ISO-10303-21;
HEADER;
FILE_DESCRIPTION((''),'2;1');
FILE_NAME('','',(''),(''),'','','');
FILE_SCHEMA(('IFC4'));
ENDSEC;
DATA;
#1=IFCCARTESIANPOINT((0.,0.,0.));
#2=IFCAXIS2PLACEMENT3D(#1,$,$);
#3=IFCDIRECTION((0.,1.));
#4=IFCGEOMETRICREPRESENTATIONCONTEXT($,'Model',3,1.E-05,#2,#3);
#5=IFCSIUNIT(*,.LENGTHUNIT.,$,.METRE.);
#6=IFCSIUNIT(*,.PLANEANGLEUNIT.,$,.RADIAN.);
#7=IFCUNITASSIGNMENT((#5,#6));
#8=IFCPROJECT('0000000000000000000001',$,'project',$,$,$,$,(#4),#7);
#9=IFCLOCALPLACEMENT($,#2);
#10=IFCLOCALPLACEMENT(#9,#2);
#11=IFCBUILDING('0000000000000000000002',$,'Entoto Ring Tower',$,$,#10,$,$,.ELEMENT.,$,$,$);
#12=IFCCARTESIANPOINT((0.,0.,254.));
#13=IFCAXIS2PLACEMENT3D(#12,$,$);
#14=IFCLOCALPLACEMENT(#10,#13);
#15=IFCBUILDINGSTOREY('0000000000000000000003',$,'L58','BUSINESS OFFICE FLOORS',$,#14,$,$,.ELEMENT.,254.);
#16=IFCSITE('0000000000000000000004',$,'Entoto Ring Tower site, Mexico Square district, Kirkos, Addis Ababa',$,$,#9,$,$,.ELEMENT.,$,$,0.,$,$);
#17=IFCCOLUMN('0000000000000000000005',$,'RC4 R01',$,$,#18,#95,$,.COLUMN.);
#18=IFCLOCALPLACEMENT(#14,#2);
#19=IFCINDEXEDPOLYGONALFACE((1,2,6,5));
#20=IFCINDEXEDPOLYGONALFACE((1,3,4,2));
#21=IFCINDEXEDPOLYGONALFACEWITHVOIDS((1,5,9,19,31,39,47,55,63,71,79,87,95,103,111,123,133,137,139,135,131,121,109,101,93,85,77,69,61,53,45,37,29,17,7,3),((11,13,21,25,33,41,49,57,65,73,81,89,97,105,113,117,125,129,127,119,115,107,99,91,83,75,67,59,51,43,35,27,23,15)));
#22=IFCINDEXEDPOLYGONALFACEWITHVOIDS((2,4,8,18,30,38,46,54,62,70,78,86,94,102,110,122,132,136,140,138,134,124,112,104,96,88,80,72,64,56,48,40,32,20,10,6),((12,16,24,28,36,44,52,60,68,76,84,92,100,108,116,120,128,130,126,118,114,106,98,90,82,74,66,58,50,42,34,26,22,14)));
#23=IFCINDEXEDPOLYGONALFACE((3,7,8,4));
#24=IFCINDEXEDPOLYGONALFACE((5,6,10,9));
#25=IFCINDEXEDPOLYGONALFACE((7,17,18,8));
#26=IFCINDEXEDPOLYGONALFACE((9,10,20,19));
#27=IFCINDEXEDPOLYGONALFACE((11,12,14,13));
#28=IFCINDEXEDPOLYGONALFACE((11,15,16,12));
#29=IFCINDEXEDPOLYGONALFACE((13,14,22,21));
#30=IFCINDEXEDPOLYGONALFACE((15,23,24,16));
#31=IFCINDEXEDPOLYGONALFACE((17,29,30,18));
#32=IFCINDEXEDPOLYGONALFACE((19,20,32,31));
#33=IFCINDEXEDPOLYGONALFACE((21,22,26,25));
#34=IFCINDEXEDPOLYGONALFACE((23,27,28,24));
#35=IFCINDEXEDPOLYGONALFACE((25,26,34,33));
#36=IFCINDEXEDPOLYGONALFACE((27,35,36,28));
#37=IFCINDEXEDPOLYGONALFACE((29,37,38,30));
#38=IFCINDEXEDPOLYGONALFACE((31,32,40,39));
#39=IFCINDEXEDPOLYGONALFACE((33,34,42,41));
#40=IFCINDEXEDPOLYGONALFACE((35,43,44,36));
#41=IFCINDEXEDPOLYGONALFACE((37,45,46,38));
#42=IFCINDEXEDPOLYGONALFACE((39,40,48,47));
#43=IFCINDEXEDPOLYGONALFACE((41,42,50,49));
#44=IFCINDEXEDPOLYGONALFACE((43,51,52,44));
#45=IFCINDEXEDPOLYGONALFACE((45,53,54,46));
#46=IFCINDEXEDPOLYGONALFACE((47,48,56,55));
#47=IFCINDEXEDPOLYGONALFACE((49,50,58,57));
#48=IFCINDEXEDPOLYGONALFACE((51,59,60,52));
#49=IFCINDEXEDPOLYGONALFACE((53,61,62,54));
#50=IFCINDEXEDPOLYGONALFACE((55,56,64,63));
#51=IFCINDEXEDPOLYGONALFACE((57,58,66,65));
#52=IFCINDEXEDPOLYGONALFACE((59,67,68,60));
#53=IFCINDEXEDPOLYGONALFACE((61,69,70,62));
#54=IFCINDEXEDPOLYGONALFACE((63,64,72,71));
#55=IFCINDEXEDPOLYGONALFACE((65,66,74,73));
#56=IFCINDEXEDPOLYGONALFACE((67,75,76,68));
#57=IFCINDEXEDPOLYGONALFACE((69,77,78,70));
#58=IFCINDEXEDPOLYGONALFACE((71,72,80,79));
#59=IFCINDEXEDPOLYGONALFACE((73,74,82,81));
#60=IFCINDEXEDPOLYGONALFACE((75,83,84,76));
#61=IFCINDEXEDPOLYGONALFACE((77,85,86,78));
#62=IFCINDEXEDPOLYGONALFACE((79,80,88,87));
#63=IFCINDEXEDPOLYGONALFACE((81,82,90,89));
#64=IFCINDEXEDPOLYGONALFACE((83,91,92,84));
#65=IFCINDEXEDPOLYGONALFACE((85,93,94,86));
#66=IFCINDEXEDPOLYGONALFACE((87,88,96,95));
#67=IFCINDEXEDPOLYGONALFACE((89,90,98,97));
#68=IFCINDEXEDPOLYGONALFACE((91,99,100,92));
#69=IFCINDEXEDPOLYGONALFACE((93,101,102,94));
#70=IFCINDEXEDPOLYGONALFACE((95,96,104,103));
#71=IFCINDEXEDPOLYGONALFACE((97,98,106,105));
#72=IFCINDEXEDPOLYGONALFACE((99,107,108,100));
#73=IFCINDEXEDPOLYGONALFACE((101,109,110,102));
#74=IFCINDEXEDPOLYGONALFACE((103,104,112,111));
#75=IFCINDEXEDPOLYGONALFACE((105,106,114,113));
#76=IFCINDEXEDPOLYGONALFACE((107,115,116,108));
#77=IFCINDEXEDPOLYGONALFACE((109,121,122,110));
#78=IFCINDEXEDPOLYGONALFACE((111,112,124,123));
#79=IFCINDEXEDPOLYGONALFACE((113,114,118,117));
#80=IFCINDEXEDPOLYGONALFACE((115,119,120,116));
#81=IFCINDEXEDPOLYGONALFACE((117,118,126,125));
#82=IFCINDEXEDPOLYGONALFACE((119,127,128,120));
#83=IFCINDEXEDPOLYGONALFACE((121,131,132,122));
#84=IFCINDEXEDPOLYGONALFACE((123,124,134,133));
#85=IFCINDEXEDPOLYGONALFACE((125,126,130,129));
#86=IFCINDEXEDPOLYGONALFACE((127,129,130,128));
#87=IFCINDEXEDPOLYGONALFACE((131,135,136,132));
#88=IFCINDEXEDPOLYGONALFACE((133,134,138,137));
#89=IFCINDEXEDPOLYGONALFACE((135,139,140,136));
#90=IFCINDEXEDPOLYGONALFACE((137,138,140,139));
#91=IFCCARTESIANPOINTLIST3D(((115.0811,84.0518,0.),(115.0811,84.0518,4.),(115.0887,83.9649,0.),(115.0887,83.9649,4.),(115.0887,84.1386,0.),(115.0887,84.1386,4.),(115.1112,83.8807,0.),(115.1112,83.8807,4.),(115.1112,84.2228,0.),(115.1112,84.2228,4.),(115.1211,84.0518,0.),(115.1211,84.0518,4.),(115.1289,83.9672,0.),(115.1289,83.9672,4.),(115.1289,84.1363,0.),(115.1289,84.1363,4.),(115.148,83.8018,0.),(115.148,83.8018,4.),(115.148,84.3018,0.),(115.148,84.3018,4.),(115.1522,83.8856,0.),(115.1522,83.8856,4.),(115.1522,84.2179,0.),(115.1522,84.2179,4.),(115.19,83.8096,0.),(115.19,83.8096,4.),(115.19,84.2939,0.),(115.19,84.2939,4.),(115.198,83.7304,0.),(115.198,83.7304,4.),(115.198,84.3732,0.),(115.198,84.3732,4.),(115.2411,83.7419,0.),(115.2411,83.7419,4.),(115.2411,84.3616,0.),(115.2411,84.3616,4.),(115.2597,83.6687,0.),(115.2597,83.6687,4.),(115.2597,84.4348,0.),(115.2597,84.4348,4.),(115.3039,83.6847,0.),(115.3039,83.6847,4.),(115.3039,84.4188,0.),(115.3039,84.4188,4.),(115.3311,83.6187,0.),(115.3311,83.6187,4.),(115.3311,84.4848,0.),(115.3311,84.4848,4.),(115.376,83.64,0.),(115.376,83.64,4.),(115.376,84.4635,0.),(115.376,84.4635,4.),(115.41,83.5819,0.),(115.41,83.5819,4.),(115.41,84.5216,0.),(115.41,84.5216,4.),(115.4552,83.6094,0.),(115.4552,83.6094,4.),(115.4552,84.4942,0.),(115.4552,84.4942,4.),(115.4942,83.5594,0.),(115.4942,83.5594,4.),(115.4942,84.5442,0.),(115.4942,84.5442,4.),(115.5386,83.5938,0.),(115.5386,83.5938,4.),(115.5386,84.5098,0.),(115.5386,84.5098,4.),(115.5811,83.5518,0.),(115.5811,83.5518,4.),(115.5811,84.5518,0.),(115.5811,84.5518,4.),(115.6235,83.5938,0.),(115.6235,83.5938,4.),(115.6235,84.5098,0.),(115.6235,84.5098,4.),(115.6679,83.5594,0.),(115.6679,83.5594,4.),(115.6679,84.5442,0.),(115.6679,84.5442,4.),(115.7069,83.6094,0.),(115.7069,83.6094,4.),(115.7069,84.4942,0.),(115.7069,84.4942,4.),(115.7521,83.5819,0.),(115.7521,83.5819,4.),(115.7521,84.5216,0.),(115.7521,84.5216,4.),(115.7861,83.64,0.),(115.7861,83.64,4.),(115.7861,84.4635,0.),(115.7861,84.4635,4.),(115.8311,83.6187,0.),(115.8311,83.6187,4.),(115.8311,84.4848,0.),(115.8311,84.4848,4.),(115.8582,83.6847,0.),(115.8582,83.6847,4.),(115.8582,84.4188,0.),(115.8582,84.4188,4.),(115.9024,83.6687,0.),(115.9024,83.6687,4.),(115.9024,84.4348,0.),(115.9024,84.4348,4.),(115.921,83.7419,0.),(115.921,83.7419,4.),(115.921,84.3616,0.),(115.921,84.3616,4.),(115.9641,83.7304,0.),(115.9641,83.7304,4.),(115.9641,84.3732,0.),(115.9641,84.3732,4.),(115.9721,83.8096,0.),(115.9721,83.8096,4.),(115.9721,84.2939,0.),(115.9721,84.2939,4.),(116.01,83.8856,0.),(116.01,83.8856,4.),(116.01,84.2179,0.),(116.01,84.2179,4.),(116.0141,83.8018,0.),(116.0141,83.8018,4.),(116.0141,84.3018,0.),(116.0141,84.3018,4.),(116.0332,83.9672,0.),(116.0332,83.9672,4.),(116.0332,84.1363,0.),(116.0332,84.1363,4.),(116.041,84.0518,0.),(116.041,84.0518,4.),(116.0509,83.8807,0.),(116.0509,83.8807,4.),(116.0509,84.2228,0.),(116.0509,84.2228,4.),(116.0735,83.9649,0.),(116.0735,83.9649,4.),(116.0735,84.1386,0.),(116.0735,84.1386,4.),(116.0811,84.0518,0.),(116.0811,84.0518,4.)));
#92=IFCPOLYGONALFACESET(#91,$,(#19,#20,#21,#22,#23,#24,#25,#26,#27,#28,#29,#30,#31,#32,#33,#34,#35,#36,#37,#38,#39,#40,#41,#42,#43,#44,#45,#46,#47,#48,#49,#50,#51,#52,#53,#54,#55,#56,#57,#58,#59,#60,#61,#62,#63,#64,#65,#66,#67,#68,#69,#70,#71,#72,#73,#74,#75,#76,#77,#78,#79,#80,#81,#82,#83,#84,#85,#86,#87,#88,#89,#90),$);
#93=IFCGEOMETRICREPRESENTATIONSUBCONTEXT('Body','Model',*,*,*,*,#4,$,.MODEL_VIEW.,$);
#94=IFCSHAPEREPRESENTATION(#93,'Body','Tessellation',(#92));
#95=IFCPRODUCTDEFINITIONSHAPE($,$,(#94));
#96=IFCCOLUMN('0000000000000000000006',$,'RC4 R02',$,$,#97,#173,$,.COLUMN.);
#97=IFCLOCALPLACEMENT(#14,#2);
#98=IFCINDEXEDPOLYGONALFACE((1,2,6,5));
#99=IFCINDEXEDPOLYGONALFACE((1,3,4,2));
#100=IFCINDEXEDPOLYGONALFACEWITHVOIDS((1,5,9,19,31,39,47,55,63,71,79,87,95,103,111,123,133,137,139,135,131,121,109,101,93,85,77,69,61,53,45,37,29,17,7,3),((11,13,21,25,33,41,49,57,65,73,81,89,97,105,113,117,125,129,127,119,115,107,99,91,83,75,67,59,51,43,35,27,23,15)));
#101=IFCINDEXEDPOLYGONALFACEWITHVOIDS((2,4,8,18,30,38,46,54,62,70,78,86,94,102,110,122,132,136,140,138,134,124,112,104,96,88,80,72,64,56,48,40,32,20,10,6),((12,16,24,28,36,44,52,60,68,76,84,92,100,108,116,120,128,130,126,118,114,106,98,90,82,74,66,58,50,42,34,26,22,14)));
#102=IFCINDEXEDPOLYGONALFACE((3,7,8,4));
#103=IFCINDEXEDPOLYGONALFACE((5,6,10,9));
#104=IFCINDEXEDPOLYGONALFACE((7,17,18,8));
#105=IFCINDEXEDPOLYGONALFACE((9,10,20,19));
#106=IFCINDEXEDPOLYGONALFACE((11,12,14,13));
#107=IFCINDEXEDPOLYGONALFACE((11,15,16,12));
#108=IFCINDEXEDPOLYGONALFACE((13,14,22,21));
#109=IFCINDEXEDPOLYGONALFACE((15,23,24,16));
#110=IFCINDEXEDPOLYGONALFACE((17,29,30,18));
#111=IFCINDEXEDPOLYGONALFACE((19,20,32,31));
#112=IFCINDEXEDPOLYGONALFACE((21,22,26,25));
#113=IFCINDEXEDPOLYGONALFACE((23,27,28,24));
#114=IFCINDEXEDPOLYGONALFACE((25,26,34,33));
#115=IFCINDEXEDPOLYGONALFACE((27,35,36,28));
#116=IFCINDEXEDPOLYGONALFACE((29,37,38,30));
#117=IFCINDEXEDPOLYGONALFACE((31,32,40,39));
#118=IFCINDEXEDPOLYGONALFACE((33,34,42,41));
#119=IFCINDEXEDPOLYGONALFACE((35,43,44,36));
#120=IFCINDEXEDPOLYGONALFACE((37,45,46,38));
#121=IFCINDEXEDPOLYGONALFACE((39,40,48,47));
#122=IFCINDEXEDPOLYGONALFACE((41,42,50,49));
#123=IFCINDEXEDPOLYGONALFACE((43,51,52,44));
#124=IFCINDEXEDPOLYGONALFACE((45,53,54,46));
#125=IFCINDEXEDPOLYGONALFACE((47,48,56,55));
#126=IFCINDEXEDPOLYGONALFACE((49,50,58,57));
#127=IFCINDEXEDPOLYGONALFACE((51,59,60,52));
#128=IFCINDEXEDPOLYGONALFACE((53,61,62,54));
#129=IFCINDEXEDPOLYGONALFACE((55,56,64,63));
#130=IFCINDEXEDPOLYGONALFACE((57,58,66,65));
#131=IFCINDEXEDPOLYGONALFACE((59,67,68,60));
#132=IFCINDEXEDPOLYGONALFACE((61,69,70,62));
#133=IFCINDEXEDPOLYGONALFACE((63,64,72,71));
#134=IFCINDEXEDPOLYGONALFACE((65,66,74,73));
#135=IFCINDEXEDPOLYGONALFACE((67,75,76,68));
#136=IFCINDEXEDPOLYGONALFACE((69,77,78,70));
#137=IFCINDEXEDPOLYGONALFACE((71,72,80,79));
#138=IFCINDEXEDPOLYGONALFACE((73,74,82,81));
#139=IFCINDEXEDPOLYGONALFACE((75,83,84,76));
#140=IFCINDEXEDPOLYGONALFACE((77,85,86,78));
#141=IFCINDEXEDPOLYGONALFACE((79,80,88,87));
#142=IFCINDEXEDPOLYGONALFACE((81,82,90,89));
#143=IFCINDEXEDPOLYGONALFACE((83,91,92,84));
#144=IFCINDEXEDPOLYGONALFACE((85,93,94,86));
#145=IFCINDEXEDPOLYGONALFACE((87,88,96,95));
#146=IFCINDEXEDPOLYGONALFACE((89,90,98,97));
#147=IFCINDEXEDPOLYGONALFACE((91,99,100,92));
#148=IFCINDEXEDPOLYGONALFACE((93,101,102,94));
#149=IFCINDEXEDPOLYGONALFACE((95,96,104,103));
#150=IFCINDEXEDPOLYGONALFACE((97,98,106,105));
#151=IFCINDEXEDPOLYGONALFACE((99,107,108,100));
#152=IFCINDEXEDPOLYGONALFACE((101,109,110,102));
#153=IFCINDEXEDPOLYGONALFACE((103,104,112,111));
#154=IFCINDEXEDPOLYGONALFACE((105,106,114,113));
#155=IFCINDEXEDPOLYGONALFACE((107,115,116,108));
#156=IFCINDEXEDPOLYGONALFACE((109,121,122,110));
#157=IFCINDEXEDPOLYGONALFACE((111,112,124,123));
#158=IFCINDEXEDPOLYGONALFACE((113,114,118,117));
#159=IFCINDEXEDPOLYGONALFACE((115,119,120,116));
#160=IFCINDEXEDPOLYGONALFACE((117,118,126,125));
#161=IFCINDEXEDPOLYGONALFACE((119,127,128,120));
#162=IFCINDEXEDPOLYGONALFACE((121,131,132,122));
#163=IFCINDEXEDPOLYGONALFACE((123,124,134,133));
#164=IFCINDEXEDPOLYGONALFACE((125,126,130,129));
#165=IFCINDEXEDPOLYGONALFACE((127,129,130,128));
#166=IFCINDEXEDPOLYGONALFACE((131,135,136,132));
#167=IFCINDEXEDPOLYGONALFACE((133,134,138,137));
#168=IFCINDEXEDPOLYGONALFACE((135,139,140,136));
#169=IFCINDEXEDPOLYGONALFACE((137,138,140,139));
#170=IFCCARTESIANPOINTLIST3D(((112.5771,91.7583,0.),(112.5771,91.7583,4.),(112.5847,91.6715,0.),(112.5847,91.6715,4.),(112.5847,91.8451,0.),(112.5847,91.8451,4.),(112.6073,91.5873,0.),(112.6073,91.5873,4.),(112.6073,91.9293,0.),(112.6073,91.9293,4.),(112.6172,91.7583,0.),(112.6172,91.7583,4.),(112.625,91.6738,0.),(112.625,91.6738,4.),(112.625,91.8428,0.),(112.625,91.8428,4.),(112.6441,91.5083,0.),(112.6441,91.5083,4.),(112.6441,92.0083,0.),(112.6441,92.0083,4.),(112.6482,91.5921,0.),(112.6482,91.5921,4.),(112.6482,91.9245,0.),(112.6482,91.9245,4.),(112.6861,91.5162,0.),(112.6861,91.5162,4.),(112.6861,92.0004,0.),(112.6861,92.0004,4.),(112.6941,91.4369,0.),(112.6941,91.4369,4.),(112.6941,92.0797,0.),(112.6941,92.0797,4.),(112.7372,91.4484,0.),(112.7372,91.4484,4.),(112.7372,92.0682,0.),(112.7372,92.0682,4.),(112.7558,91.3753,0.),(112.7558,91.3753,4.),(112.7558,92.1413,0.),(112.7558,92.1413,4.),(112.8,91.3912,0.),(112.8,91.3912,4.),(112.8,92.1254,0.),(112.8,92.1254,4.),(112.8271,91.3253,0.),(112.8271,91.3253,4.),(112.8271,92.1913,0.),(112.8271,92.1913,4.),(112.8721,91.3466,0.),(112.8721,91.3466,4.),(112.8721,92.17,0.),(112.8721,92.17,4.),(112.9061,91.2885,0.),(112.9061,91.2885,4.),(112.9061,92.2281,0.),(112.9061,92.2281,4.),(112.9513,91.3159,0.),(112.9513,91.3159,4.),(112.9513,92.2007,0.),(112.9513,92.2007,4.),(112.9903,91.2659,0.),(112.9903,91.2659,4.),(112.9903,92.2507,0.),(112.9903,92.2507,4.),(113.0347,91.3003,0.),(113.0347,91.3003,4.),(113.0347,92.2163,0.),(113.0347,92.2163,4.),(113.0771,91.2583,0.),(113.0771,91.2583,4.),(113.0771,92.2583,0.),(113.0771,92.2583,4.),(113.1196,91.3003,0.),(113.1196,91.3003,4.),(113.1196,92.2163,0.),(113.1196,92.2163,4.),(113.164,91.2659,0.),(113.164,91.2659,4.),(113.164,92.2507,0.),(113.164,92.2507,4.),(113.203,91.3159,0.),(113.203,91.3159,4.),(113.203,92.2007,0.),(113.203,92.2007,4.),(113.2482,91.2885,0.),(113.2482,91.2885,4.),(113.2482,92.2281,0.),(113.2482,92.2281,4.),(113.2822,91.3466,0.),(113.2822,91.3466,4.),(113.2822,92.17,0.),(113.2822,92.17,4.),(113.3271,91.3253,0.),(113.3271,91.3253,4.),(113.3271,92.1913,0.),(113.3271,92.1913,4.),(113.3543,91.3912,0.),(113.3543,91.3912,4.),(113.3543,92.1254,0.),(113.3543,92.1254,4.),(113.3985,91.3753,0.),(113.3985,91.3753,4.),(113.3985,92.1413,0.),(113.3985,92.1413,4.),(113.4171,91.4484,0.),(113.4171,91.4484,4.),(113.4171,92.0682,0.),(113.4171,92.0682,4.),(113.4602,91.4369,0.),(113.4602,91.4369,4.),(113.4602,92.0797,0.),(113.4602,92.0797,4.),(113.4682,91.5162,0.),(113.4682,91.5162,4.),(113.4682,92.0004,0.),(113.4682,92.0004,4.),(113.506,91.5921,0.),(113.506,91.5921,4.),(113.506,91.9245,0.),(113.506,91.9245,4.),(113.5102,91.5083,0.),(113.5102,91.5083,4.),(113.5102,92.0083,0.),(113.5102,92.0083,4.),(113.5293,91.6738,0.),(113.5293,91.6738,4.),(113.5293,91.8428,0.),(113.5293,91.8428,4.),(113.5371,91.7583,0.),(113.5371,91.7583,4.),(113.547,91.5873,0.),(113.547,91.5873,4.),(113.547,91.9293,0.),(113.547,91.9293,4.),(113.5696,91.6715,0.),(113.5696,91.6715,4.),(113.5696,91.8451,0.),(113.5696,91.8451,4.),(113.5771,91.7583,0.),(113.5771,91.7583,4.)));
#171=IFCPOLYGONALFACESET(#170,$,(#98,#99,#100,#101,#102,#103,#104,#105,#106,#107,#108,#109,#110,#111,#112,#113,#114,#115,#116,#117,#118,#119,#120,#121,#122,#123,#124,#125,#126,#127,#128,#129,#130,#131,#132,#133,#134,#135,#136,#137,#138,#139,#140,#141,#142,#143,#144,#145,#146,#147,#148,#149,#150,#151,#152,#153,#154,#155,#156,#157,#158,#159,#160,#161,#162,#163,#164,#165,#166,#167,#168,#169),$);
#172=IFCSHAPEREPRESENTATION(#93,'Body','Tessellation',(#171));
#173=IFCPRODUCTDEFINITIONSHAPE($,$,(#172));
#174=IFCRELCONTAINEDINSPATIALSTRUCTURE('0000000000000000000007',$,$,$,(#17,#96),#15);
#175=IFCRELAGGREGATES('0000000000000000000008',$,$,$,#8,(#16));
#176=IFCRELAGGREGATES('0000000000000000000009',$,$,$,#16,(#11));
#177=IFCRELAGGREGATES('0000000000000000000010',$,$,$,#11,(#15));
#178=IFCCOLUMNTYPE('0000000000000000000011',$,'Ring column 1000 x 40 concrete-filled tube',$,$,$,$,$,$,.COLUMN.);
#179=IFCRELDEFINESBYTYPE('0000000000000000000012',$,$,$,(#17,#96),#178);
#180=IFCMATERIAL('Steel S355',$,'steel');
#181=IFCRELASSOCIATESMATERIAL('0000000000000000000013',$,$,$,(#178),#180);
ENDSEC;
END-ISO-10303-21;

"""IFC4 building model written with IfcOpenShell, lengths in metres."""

from ifc_helpers import new_model, si_unit, direction, frame, origin, origin_2d, place, context, subcontext, project, spatial, circle, hollow_circle, extrude, material, material_profile, profile_set, type_object, element, save


model = new_model("IFC4")

# Units and contexts
model_context = context("Model", 3, precision=1e-05, world=origin(), true_north=direction((0.0, 1.0)))
body_context = subcontext(model_context, "Body", "Model", "MODEL_VIEW")
ifc_project = project(units=[si_unit("LENGTHUNIT", "METRE"), si_unit("PLANEANGLEUNIT", "RADIAN")], contexts=[model_context])

# Site, building, storey
site_placement = place(None, origin())
site = spatial("IfcSite", under=ifc_project, at=site_placement, Name="Entoto Ring Tower site, Mexico Square district, Kirkos, Addis Ababa", CompositionType="ELEMENT", RefElevation=0.0)
building_placement = place(site_placement, origin())
building = spatial("IfcBuilding", under=site, at=building_placement, Name="Entoto Ring Tower", CompositionType="ELEMENT")
storey_placement = place(building_placement, frame((0.0, 0.0, 254.0)))
storey = spatial("IfcBuildingStorey", under=building, at=storey_placement, Name="L58", Description="BUSINESS OFFICE FLOORS", CompositionType="ELEMENT", Elevation=254.0)

# Columns
ifc_material_1 = material(Name="Steel S355", Category="steel")
ifc_material_profile_1 = material_profile(ifc_material_1, hollow_circle(Radius=0.5, WallThickness=0.04, at=origin_2d()), Name="CHS 1000 x 40")
ifc_material_2 = material(Name="Concrete C60/75", Category="concrete")
ifc_material_profile_2 = material_profile(ifc_material_2, circle(Radius=0.46, at=origin_2d()), Name="Concrete C60/75 infill")
ifc_profile_set_1 = profile_set([ifc_material_profile_1, ifc_material_profile_2], Name="Steel S355")
column_type = type_object("IfcColumnType", Name="Ring column 1000 x 40 concrete-filled tube", PredefinedType="COLUMN", material=ifc_profile_set_1)
for number, where, z_axis, x_axis, name in (
    (1, (115.5811, 84.0518, 0.0), (0.0, 0.0, 1.0), (1.0, 0.0, 0.0), "RC4 R01"),
    (2, (113.0771, 91.7583, 0.0), (0.0, 0.0, 1.0), (1.0, 0.0, 0.0), "RC4 R02"),
):
    element("IfcColumn", number, at=place(storey_placement, frame(where, z_axis=z_axis, x_axis=x_axis)), inside=storey, type_object=column_type, Name=name, PredefinedType="COLUMN", context=body_context, shape_type="SweptSolid", body=[
        extrude(hollow_circle(Radius=0.5, WallThickness=0.04, at=origin_2d()), origin(), (0.0, 0.0, 1.0), 4.0),
    ])

save(model, "model.ifc")
